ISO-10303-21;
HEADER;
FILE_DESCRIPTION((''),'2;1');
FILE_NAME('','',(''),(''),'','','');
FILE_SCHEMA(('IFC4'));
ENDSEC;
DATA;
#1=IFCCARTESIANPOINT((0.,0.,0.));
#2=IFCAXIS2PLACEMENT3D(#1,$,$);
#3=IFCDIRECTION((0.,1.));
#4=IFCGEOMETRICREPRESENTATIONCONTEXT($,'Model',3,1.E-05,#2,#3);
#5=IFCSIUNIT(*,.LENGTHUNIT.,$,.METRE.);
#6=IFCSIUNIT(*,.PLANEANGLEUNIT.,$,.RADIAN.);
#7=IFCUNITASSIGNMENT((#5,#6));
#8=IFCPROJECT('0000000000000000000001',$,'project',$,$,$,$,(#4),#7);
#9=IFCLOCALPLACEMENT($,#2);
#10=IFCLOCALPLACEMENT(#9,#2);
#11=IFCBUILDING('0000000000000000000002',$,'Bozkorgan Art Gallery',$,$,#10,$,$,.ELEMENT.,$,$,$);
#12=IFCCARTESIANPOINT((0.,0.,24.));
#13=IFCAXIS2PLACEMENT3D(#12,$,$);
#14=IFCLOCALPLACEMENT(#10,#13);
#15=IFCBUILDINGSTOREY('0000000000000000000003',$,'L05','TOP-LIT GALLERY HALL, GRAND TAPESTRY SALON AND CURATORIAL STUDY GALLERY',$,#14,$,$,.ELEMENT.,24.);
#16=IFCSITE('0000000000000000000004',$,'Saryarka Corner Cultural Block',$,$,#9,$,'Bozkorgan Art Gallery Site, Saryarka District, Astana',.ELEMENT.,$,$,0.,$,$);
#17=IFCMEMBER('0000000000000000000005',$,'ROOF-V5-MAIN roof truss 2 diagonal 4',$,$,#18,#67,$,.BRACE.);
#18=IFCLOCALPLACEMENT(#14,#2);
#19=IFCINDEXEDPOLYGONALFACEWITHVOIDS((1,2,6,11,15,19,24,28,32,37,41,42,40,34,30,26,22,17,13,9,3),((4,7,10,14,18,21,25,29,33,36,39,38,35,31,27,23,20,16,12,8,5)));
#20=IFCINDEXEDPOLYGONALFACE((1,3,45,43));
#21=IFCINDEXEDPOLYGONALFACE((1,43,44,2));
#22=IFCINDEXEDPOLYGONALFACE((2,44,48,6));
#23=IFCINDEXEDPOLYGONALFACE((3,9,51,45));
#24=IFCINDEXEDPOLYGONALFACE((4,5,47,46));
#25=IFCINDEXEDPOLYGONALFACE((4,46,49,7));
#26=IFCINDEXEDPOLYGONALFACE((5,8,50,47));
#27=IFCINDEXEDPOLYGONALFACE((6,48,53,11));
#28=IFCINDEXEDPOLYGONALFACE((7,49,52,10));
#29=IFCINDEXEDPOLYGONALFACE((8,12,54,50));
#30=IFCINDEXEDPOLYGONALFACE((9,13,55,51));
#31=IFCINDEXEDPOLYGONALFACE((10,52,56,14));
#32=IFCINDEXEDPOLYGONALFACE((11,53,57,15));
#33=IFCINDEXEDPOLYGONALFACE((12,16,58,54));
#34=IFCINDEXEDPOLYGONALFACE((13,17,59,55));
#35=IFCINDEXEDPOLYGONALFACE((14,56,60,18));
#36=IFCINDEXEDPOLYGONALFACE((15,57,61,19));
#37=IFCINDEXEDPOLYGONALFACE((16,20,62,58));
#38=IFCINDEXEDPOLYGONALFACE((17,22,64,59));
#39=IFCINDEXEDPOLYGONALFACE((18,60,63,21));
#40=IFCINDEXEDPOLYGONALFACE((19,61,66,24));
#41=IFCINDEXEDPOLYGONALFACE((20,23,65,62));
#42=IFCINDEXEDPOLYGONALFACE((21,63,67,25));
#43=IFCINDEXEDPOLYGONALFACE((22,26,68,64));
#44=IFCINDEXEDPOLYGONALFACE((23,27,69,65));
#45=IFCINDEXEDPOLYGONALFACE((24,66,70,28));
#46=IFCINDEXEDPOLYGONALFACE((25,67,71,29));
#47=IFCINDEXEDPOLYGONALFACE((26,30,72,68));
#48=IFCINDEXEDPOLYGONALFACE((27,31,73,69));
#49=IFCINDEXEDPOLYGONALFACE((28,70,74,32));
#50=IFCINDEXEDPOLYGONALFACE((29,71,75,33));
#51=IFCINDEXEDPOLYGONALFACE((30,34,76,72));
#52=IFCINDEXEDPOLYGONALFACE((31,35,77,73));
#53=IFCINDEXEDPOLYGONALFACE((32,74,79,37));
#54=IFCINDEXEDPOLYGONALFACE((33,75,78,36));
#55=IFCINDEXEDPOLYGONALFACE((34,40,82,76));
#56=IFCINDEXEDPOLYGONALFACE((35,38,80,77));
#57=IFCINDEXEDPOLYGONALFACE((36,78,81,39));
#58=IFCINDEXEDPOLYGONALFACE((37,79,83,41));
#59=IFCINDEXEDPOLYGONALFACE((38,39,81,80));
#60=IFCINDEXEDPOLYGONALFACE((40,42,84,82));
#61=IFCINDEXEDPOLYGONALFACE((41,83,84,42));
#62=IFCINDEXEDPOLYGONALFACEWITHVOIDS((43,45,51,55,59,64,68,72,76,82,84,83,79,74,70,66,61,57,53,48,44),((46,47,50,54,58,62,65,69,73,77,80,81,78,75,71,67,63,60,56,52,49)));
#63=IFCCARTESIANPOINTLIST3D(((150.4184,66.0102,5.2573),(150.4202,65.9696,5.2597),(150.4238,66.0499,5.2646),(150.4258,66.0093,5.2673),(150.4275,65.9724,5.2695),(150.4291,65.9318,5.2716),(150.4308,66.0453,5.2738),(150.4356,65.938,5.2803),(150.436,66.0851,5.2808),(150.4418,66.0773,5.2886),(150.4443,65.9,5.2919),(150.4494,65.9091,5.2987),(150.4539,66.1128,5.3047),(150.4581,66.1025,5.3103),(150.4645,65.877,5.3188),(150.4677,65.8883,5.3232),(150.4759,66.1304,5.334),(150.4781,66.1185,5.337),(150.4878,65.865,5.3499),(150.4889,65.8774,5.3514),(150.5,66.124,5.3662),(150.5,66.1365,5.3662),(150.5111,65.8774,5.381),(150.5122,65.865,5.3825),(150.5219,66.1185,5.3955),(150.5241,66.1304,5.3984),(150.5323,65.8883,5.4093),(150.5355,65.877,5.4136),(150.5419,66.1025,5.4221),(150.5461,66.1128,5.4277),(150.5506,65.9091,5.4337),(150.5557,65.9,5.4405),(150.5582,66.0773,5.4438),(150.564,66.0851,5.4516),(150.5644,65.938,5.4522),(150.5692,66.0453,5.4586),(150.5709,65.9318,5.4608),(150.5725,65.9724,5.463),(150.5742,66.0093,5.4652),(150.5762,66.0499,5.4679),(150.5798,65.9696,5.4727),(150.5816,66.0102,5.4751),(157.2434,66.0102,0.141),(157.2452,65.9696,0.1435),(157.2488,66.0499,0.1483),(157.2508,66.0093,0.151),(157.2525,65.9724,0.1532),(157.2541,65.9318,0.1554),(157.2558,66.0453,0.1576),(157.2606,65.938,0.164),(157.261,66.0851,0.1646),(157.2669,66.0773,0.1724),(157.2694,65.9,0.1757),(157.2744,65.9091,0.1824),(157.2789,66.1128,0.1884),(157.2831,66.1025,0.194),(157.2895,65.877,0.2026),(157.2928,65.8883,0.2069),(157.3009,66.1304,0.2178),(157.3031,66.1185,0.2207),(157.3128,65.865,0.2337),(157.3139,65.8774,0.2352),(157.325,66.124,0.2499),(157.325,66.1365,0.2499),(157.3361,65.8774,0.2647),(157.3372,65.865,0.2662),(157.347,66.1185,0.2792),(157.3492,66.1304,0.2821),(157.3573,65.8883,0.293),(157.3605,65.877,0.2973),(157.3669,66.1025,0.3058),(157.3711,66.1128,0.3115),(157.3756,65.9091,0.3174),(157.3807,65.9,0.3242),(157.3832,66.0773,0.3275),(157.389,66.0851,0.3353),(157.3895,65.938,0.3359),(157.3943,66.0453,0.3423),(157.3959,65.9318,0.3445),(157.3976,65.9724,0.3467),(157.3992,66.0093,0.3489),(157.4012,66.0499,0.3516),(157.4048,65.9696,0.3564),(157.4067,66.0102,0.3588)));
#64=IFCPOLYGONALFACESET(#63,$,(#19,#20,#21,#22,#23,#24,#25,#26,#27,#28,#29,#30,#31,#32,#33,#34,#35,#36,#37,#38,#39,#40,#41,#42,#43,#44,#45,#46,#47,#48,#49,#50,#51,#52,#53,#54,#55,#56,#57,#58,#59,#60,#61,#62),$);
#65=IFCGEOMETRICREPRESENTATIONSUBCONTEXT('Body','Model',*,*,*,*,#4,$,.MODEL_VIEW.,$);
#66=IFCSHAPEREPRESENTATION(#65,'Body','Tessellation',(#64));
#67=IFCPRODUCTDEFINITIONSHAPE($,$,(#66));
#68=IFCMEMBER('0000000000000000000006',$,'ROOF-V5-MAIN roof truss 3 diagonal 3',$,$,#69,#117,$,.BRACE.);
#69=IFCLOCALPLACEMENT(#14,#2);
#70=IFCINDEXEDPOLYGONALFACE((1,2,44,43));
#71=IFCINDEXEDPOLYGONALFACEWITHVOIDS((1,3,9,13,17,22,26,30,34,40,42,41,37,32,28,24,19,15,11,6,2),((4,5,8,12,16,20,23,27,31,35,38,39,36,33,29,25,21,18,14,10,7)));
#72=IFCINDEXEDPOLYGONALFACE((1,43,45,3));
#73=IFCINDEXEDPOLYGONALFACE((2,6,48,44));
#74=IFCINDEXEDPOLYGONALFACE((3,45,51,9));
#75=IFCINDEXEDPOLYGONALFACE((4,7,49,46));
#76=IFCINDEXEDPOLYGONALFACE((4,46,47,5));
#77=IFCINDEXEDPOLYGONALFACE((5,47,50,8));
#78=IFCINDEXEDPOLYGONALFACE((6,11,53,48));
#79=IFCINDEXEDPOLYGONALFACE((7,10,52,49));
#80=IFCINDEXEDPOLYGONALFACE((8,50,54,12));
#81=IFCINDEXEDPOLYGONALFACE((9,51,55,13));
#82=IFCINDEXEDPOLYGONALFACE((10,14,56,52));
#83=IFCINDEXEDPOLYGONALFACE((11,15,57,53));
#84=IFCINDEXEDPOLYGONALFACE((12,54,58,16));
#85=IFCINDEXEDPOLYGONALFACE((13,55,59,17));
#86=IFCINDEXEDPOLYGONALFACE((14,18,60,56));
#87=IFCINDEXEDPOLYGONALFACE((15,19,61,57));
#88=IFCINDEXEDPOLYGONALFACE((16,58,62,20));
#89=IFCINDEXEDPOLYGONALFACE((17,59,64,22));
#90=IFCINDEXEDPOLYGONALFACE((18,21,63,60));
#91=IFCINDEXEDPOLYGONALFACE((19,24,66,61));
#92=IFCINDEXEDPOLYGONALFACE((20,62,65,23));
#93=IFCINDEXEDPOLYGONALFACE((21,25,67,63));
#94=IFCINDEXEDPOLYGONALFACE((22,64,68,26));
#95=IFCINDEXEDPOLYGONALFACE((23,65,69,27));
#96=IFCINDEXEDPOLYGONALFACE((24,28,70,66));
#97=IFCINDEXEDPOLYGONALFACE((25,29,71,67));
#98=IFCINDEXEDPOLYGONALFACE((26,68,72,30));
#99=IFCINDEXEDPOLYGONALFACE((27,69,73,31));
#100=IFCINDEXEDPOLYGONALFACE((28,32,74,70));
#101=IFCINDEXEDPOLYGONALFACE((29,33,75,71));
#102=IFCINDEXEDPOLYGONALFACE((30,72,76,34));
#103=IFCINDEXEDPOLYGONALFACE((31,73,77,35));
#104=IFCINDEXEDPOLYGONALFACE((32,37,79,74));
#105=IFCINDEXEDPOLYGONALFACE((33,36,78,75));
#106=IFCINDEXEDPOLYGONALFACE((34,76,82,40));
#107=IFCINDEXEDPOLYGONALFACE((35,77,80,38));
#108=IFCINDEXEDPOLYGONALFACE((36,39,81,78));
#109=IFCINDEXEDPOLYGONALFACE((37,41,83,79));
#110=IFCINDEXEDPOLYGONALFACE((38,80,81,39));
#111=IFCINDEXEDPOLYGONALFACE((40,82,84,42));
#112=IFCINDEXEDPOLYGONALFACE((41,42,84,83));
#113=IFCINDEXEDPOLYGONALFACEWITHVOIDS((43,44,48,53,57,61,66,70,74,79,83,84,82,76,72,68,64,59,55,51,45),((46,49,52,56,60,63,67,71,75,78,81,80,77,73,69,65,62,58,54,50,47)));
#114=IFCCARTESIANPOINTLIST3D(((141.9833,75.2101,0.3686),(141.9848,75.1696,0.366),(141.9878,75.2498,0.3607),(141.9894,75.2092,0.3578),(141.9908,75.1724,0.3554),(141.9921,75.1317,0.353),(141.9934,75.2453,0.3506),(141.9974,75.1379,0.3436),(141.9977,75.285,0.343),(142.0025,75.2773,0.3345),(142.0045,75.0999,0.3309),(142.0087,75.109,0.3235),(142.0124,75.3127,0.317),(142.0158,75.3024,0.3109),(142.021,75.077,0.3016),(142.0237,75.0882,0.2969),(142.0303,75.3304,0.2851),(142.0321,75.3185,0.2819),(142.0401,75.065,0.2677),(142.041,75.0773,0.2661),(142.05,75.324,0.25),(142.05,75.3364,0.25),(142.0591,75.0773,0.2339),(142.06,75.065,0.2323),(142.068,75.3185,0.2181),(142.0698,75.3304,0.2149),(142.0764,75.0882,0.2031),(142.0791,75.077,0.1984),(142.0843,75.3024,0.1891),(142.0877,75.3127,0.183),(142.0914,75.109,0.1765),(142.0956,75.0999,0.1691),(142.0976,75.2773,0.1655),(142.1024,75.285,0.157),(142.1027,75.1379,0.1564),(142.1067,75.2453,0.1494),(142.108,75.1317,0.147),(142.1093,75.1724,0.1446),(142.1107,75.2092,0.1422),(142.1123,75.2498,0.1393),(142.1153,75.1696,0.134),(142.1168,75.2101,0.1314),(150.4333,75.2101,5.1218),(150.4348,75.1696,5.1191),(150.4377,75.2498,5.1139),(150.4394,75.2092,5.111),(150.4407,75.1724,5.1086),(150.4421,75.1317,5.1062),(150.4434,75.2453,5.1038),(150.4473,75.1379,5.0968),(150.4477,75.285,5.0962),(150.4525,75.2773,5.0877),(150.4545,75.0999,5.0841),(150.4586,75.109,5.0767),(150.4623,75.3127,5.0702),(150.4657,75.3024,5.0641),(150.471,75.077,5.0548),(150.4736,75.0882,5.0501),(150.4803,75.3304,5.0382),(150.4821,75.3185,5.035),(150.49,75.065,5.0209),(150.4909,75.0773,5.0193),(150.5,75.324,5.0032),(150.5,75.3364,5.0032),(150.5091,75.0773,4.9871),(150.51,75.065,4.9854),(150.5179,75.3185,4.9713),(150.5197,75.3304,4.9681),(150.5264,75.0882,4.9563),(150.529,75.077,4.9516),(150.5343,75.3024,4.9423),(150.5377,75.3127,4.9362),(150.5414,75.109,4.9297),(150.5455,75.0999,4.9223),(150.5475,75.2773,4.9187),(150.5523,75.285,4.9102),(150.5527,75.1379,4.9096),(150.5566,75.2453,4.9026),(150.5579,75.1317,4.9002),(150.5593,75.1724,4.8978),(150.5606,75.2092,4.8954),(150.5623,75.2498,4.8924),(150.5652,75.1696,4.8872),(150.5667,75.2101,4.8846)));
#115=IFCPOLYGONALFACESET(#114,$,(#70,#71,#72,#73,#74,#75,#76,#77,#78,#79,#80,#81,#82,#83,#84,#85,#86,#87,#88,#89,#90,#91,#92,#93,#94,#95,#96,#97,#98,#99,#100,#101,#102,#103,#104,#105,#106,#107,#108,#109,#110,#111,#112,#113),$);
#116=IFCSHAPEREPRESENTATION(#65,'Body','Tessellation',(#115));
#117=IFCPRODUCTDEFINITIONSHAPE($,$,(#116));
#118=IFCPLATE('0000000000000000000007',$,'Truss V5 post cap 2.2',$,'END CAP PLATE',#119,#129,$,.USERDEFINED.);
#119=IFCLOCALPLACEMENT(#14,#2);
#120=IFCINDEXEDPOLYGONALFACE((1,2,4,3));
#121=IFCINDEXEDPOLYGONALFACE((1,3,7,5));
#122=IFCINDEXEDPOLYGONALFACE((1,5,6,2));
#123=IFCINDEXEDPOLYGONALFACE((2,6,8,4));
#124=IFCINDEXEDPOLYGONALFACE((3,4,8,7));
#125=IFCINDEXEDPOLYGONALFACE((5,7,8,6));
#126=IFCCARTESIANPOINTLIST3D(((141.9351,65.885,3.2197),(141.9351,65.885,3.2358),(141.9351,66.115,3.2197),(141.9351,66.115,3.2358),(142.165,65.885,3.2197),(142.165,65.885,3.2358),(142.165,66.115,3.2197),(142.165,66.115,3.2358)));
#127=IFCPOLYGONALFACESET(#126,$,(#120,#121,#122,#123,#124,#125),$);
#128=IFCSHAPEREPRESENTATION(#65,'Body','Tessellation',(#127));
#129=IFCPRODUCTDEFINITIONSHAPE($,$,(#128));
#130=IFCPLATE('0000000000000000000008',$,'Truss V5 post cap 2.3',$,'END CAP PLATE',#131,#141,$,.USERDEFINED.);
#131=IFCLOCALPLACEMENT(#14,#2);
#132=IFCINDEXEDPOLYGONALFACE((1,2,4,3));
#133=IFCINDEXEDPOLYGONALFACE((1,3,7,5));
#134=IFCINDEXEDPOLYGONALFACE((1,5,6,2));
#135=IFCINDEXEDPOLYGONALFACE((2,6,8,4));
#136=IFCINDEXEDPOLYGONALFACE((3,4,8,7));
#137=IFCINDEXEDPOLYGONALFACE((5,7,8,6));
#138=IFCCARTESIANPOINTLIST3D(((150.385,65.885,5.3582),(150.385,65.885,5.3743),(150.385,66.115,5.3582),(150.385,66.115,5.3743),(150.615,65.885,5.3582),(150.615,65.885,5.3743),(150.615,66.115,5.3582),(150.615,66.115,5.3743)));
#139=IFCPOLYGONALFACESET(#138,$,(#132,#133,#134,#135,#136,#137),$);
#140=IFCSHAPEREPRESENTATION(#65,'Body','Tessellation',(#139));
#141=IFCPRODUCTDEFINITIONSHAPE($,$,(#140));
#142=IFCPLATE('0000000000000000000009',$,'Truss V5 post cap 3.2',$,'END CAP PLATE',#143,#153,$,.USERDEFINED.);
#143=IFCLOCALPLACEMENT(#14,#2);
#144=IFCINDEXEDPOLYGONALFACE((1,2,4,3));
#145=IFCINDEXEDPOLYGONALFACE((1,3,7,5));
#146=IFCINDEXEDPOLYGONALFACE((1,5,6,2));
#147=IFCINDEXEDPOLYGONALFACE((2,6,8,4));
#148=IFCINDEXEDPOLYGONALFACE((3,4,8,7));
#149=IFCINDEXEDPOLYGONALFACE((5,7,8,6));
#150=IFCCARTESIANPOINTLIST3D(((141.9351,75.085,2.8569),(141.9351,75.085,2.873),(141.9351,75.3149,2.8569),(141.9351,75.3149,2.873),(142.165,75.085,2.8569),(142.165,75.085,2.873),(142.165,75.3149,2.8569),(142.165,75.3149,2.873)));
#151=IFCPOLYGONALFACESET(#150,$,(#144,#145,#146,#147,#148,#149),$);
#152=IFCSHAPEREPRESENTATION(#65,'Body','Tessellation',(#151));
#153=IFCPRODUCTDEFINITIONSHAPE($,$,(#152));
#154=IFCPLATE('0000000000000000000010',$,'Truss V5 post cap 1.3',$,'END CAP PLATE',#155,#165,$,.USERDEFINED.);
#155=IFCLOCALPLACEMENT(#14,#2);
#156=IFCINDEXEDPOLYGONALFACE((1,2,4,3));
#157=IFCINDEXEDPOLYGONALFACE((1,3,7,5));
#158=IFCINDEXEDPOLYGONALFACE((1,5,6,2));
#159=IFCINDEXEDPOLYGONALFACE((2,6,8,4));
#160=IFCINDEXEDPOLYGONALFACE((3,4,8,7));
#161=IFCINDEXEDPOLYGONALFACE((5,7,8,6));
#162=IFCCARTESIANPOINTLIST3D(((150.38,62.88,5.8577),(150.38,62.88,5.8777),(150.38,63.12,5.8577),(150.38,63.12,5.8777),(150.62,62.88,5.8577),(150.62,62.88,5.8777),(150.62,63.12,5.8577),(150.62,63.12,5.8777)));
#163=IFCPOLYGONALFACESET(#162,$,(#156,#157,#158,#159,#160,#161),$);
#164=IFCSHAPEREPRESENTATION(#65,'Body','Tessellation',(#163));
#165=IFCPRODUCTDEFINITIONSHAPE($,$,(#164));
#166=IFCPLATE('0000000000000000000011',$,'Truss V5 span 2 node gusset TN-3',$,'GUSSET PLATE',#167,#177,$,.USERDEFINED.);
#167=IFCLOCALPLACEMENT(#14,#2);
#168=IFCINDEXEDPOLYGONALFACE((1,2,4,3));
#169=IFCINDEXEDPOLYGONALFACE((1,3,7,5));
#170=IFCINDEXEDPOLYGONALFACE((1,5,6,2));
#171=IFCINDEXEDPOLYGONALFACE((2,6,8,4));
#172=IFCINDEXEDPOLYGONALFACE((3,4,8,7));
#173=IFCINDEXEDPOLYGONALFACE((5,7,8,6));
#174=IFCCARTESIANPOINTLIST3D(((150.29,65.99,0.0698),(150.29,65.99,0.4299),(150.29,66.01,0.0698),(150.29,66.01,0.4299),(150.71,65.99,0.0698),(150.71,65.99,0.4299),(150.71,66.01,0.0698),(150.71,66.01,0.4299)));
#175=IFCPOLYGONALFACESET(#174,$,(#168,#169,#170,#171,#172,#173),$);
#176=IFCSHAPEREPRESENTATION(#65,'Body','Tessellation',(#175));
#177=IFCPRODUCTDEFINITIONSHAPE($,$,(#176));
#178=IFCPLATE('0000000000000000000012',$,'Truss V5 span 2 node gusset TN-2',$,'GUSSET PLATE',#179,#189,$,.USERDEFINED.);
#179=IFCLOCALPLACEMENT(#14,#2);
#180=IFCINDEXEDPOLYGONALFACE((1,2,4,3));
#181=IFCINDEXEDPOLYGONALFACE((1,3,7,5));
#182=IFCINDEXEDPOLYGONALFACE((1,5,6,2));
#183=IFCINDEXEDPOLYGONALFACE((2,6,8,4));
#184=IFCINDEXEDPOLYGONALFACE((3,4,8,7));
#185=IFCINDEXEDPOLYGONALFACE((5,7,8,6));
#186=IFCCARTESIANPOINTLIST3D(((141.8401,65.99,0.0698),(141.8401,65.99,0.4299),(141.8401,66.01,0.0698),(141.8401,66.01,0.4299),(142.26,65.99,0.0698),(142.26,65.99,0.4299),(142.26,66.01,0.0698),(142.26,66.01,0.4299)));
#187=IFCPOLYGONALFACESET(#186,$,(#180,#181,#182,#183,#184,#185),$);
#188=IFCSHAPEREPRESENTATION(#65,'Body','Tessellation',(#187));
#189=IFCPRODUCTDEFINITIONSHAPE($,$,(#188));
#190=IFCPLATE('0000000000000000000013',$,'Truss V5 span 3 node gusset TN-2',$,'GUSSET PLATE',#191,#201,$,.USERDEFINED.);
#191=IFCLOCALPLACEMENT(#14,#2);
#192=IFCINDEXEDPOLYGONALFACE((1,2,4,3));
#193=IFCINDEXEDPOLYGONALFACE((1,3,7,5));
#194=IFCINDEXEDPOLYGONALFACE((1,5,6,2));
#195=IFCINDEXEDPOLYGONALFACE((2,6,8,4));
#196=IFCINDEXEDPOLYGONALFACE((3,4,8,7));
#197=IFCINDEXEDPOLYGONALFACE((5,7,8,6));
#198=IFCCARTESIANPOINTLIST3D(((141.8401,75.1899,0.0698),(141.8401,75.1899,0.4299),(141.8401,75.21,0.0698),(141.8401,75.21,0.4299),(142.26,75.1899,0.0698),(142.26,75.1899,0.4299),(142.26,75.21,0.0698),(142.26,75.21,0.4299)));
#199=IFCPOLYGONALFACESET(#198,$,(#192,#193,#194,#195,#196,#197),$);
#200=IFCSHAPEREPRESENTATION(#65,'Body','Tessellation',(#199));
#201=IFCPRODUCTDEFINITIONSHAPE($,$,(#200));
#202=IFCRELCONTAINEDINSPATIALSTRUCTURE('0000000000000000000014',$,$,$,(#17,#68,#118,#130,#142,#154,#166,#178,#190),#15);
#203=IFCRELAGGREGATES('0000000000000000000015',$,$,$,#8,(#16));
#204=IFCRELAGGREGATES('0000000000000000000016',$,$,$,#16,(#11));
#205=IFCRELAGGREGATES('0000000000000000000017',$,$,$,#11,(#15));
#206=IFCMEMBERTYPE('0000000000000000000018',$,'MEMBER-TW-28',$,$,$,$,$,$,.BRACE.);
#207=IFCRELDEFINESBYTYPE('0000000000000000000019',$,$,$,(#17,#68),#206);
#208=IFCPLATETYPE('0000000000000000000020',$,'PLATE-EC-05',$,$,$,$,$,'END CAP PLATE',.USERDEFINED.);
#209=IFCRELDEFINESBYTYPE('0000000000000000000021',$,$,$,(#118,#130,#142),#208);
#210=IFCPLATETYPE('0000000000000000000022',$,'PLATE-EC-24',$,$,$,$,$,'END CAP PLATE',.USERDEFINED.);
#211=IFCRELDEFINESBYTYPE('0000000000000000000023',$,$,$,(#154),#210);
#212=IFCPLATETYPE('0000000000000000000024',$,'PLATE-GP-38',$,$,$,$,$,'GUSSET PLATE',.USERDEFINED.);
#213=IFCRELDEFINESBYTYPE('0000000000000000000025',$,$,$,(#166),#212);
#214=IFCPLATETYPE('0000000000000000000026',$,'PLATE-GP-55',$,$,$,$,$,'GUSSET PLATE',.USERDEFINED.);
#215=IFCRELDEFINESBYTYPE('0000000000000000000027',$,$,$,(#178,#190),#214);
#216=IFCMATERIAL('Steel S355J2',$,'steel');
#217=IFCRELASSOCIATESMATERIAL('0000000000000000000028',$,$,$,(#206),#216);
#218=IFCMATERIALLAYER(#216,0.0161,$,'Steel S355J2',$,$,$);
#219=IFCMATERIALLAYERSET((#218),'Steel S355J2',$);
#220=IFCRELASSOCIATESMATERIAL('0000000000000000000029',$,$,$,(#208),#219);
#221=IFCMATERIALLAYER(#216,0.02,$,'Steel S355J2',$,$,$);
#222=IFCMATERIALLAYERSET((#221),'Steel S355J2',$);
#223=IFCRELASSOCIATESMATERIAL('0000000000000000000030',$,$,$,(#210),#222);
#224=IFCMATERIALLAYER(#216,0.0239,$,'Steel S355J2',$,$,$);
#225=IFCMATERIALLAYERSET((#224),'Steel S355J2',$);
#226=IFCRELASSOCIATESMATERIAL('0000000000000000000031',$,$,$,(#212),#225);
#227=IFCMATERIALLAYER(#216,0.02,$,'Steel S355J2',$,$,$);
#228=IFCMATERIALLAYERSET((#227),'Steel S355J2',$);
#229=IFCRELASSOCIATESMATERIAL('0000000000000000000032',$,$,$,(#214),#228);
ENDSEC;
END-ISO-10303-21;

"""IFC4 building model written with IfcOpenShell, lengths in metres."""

from ifc_helpers import new_model, si_unit, direction, frame, origin, origin_2d, place, context, subcontext, project, spatial, rectangle, hollow_circle, extrude, material, layer, layer_set, material_profile, profile_set, type_object, element, save


model = new_model("IFC4")

# Units and contexts
model_context = context("Model", 3, precision=1e-05, world=origin(), true_north=direction((0.0, 1.0)))
body_context = subcontext(model_context, "Body", "Model", "MODEL_VIEW")
ifc_project = project(units=[si_unit("LENGTHUNIT", "METRE"), si_unit("PLANEANGLEUNIT", "RADIAN")], contexts=[model_context])

# Site, building, storey
site_placement = place(None, origin())
site = spatial("IfcSite", under=ifc_project, at=site_placement, Name="Saryarka Corner Cultural Block", LongName="Bozkorgan Art Gallery Site, Saryarka District, Astana", CompositionType="ELEMENT", RefElevation=0.0)
building_placement = place(site_placement, origin())
building = spatial("IfcBuilding", under=site, at=building_placement, Name="Bozkorgan Art Gallery", CompositionType="ELEMENT")
storey_placement = place(building_placement, frame((0.0, 0.0, 24.0)))
storey = spatial("IfcBuildingStorey", under=building, at=storey_placement, Name="L05", Description="TOP-LIT GALLERY HALL, GRAND TAPESTRY SALON AND CURATORIAL STUDY GALLERY", CompositionType="ELEMENT", Elevation=24.0)

# Shared definitions
ifc_material = material(Name="Steel S355J2", Category="steel")

# Members
ifc_material_profile_1 = material_profile(ifc_material, hollow_circle(Radius=0.1365, WallThickness=0.0125, at=origin_2d()), Name="CHS 273x12.5")
ifc_profile_set_1 = profile_set([ifc_material_profile_1], Name="Steel S355J2")
member_type_1 = type_object("IfcMemberType", Name="MEMBER-TW-28", PredefinedType="BRACE", material=ifc_profile_set_1)
member_1_placement = place(storey_placement, frame((150.5, 66.0, 5.3662), z_axis=(0.800141, 0.0, -0.599812), x_axis=(0.0, 1.0, 0.0)))
element("IfcMember", 1, at=member_1_placement, inside=storey, type_object=member_type_1, Name="ROOF-V5-MAIN roof truss 2 diagonal 4", PredefinedType="BRACE", context=body_context, shape_type="SweptSolid", body=[
    extrude(hollow_circle(Radius=0.1365, WallThickness=0.0125, at=origin_2d()), origin(), (0.0, 0.0, 1.0), 8.5298),
])
member_2_placement = place(storey_placement, frame((142.05, 75.2, 0.25), z_axis=(0.871572, 0.0, 0.490267), x_axis=(0.0, 1.0, 0.0)))
element("IfcMember", 2, at=member_2_placement, inside=storey, type_object=member_type_1, Name="ROOF-V5-MAIN roof truss 3 diagonal 3", PredefinedType="BRACE", context=body_context, shape_type="SweptSolid", body=[
    extrude(hollow_circle(Radius=0.1365, WallThickness=0.0125, at=origin_2d()), origin(), (0.0, 0.0, 1.0), 9.6951),
])

# Plates
ifc_layer_1 = layer(ifc_material, 0.0161, Name="Steel S355J2")
ifc_layer_set_1 = layer_set([ifc_layer_1], Name="Steel S355J2")
plate_type_1 = type_object("IfcPlateType", Name="PLATE-EC-05", ElementType="END CAP PLATE", PredefinedType="USERDEFINED", material=ifc_layer_set_1)
for number, where, z_axis, x_axis, name in (
    (3, (142.05, 66.0, 3.2197), (0.0, 0.0, 1.0), (1.0, 0.0, 0.0), "Truss V5 post cap 2.2"),
    (4, (150.5, 66.0, 5.3582), (0.0, 0.0, 1.0), (1.0, 0.0, 0.0), "Truss V5 post cap 2.3"),
    (5, (142.05, 75.2, 2.8569), (0.0, 0.0, 1.0), (1.0, 0.0, 0.0), "Truss V5 post cap 3.2"),
):
    element("IfcPlate", number, at=place(storey_placement, frame(where, z_axis=z_axis, x_axis=x_axis)), inside=storey, type_object=plate_type_1, Name=name, ObjectType="END CAP PLATE", PredefinedType="USERDEFINED", context=body_context, shape_type="SweptSolid", body=[
        extrude(rectangle(XDim=0.23, YDim=0.23, at=origin_2d()), origin(), (0.0, 0.0, 1.0), 0.0161),
    ])
ifc_layer_2 = layer(ifc_material, 0.02, Name="Steel S355J2")
ifc_layer_set_2 = layer_set([ifc_layer_2], Name="Steel S355J2")
plate_type_2 = type_object("IfcPlateType", Name="PLATE-EC-24", ElementType="END CAP PLATE", PredefinedType="USERDEFINED", material=ifc_layer_set_2)
plate_1_placement = place(storey_placement, frame((150.5, 63.0, 5.8577), z_axis=(0.0, 0.0, 1.0), x_axis=(1.0, 0.0, 0.0)))
element("IfcPlate", 6, at=plate_1_placement, inside=storey, type_object=plate_type_2, Name="Truss V5 post cap 1.3", ObjectType="END CAP PLATE", PredefinedType="USERDEFINED", context=body_context, shape_type="SweptSolid", body=[
    extrude(rectangle(XDim=0.24, YDim=0.24, at=origin_2d()), origin(), (0.0, 0.0, 1.0), 0.02),
])
ifc_layer_3 = layer(ifc_material, 0.0239, Name="Steel S355J2")
ifc_layer_set_3 = layer_set([ifc_layer_3], Name="Steel S355J2")
plate_type_3 = type_object("IfcPlateType", Name="PLATE-GP-38", ElementType="GUSSET PLATE", PredefinedType="USERDEFINED", material=ifc_layer_set_3)
plate_2_placement = place(storey_placement, frame((150.5, 66.0, 0.0698), z_axis=(0.0, 0.0, 1.0), x_axis=(1.0, 0.0, 0.0)))
element("IfcPlate", 7, at=plate_2_placement, inside=storey, type_object=plate_type_3, Name="Truss V5 span 2 node gusset TN-3", ObjectType="GUSSET PLATE", PredefinedType="USERDEFINED", context=body_context, shape_type="SweptSolid", body=[
    extrude(rectangle(XDim=0.4199, YDim=0.02, at=origin_2d()), origin(), (0.0, 0.0, 1.0), 0.3601),
])
ifc_layer_4 = layer(ifc_material, 0.02, Name="Steel S355J2")
ifc_layer_set_4 = layer_set([ifc_layer_4], Name="Steel S355J2")
plate_type_4 = type_object("IfcPlateType", Name="PLATE-GP-55", ElementType="GUSSET PLATE", PredefinedType="USERDEFINED", material=ifc_layer_set_4)
for number, where, z_axis, x_axis, name in (
    (8, (142.05, 66.0, 0.0698), (0.0, 0.0, 1.0), (1.0, 0.0, 0.0), "Truss V5 span 2 node gusset TN-2"),
    (9, (142.05, 75.2, 0.0698), (0.0, 0.0, 1.0), (1.0, 0.0, 0.0), "Truss V5 span 3 node gusset TN-2"),
):
    element("IfcPlate", number, at=place(storey_placement, frame(where, z_axis=z_axis, x_axis=x_axis)), inside=storey, type_object=plate_type_4, Name=name, ObjectType="GUSSET PLATE", PredefinedType="USERDEFINED", context=body_context, shape_type="SweptSolid", body=[
        extrude(rectangle(XDim=0.4199, YDim=0.02, at=origin_2d()), origin(), (0.0, 0.0, 1.0), 0.3601),
    ])

save(model, "model.ifc")
